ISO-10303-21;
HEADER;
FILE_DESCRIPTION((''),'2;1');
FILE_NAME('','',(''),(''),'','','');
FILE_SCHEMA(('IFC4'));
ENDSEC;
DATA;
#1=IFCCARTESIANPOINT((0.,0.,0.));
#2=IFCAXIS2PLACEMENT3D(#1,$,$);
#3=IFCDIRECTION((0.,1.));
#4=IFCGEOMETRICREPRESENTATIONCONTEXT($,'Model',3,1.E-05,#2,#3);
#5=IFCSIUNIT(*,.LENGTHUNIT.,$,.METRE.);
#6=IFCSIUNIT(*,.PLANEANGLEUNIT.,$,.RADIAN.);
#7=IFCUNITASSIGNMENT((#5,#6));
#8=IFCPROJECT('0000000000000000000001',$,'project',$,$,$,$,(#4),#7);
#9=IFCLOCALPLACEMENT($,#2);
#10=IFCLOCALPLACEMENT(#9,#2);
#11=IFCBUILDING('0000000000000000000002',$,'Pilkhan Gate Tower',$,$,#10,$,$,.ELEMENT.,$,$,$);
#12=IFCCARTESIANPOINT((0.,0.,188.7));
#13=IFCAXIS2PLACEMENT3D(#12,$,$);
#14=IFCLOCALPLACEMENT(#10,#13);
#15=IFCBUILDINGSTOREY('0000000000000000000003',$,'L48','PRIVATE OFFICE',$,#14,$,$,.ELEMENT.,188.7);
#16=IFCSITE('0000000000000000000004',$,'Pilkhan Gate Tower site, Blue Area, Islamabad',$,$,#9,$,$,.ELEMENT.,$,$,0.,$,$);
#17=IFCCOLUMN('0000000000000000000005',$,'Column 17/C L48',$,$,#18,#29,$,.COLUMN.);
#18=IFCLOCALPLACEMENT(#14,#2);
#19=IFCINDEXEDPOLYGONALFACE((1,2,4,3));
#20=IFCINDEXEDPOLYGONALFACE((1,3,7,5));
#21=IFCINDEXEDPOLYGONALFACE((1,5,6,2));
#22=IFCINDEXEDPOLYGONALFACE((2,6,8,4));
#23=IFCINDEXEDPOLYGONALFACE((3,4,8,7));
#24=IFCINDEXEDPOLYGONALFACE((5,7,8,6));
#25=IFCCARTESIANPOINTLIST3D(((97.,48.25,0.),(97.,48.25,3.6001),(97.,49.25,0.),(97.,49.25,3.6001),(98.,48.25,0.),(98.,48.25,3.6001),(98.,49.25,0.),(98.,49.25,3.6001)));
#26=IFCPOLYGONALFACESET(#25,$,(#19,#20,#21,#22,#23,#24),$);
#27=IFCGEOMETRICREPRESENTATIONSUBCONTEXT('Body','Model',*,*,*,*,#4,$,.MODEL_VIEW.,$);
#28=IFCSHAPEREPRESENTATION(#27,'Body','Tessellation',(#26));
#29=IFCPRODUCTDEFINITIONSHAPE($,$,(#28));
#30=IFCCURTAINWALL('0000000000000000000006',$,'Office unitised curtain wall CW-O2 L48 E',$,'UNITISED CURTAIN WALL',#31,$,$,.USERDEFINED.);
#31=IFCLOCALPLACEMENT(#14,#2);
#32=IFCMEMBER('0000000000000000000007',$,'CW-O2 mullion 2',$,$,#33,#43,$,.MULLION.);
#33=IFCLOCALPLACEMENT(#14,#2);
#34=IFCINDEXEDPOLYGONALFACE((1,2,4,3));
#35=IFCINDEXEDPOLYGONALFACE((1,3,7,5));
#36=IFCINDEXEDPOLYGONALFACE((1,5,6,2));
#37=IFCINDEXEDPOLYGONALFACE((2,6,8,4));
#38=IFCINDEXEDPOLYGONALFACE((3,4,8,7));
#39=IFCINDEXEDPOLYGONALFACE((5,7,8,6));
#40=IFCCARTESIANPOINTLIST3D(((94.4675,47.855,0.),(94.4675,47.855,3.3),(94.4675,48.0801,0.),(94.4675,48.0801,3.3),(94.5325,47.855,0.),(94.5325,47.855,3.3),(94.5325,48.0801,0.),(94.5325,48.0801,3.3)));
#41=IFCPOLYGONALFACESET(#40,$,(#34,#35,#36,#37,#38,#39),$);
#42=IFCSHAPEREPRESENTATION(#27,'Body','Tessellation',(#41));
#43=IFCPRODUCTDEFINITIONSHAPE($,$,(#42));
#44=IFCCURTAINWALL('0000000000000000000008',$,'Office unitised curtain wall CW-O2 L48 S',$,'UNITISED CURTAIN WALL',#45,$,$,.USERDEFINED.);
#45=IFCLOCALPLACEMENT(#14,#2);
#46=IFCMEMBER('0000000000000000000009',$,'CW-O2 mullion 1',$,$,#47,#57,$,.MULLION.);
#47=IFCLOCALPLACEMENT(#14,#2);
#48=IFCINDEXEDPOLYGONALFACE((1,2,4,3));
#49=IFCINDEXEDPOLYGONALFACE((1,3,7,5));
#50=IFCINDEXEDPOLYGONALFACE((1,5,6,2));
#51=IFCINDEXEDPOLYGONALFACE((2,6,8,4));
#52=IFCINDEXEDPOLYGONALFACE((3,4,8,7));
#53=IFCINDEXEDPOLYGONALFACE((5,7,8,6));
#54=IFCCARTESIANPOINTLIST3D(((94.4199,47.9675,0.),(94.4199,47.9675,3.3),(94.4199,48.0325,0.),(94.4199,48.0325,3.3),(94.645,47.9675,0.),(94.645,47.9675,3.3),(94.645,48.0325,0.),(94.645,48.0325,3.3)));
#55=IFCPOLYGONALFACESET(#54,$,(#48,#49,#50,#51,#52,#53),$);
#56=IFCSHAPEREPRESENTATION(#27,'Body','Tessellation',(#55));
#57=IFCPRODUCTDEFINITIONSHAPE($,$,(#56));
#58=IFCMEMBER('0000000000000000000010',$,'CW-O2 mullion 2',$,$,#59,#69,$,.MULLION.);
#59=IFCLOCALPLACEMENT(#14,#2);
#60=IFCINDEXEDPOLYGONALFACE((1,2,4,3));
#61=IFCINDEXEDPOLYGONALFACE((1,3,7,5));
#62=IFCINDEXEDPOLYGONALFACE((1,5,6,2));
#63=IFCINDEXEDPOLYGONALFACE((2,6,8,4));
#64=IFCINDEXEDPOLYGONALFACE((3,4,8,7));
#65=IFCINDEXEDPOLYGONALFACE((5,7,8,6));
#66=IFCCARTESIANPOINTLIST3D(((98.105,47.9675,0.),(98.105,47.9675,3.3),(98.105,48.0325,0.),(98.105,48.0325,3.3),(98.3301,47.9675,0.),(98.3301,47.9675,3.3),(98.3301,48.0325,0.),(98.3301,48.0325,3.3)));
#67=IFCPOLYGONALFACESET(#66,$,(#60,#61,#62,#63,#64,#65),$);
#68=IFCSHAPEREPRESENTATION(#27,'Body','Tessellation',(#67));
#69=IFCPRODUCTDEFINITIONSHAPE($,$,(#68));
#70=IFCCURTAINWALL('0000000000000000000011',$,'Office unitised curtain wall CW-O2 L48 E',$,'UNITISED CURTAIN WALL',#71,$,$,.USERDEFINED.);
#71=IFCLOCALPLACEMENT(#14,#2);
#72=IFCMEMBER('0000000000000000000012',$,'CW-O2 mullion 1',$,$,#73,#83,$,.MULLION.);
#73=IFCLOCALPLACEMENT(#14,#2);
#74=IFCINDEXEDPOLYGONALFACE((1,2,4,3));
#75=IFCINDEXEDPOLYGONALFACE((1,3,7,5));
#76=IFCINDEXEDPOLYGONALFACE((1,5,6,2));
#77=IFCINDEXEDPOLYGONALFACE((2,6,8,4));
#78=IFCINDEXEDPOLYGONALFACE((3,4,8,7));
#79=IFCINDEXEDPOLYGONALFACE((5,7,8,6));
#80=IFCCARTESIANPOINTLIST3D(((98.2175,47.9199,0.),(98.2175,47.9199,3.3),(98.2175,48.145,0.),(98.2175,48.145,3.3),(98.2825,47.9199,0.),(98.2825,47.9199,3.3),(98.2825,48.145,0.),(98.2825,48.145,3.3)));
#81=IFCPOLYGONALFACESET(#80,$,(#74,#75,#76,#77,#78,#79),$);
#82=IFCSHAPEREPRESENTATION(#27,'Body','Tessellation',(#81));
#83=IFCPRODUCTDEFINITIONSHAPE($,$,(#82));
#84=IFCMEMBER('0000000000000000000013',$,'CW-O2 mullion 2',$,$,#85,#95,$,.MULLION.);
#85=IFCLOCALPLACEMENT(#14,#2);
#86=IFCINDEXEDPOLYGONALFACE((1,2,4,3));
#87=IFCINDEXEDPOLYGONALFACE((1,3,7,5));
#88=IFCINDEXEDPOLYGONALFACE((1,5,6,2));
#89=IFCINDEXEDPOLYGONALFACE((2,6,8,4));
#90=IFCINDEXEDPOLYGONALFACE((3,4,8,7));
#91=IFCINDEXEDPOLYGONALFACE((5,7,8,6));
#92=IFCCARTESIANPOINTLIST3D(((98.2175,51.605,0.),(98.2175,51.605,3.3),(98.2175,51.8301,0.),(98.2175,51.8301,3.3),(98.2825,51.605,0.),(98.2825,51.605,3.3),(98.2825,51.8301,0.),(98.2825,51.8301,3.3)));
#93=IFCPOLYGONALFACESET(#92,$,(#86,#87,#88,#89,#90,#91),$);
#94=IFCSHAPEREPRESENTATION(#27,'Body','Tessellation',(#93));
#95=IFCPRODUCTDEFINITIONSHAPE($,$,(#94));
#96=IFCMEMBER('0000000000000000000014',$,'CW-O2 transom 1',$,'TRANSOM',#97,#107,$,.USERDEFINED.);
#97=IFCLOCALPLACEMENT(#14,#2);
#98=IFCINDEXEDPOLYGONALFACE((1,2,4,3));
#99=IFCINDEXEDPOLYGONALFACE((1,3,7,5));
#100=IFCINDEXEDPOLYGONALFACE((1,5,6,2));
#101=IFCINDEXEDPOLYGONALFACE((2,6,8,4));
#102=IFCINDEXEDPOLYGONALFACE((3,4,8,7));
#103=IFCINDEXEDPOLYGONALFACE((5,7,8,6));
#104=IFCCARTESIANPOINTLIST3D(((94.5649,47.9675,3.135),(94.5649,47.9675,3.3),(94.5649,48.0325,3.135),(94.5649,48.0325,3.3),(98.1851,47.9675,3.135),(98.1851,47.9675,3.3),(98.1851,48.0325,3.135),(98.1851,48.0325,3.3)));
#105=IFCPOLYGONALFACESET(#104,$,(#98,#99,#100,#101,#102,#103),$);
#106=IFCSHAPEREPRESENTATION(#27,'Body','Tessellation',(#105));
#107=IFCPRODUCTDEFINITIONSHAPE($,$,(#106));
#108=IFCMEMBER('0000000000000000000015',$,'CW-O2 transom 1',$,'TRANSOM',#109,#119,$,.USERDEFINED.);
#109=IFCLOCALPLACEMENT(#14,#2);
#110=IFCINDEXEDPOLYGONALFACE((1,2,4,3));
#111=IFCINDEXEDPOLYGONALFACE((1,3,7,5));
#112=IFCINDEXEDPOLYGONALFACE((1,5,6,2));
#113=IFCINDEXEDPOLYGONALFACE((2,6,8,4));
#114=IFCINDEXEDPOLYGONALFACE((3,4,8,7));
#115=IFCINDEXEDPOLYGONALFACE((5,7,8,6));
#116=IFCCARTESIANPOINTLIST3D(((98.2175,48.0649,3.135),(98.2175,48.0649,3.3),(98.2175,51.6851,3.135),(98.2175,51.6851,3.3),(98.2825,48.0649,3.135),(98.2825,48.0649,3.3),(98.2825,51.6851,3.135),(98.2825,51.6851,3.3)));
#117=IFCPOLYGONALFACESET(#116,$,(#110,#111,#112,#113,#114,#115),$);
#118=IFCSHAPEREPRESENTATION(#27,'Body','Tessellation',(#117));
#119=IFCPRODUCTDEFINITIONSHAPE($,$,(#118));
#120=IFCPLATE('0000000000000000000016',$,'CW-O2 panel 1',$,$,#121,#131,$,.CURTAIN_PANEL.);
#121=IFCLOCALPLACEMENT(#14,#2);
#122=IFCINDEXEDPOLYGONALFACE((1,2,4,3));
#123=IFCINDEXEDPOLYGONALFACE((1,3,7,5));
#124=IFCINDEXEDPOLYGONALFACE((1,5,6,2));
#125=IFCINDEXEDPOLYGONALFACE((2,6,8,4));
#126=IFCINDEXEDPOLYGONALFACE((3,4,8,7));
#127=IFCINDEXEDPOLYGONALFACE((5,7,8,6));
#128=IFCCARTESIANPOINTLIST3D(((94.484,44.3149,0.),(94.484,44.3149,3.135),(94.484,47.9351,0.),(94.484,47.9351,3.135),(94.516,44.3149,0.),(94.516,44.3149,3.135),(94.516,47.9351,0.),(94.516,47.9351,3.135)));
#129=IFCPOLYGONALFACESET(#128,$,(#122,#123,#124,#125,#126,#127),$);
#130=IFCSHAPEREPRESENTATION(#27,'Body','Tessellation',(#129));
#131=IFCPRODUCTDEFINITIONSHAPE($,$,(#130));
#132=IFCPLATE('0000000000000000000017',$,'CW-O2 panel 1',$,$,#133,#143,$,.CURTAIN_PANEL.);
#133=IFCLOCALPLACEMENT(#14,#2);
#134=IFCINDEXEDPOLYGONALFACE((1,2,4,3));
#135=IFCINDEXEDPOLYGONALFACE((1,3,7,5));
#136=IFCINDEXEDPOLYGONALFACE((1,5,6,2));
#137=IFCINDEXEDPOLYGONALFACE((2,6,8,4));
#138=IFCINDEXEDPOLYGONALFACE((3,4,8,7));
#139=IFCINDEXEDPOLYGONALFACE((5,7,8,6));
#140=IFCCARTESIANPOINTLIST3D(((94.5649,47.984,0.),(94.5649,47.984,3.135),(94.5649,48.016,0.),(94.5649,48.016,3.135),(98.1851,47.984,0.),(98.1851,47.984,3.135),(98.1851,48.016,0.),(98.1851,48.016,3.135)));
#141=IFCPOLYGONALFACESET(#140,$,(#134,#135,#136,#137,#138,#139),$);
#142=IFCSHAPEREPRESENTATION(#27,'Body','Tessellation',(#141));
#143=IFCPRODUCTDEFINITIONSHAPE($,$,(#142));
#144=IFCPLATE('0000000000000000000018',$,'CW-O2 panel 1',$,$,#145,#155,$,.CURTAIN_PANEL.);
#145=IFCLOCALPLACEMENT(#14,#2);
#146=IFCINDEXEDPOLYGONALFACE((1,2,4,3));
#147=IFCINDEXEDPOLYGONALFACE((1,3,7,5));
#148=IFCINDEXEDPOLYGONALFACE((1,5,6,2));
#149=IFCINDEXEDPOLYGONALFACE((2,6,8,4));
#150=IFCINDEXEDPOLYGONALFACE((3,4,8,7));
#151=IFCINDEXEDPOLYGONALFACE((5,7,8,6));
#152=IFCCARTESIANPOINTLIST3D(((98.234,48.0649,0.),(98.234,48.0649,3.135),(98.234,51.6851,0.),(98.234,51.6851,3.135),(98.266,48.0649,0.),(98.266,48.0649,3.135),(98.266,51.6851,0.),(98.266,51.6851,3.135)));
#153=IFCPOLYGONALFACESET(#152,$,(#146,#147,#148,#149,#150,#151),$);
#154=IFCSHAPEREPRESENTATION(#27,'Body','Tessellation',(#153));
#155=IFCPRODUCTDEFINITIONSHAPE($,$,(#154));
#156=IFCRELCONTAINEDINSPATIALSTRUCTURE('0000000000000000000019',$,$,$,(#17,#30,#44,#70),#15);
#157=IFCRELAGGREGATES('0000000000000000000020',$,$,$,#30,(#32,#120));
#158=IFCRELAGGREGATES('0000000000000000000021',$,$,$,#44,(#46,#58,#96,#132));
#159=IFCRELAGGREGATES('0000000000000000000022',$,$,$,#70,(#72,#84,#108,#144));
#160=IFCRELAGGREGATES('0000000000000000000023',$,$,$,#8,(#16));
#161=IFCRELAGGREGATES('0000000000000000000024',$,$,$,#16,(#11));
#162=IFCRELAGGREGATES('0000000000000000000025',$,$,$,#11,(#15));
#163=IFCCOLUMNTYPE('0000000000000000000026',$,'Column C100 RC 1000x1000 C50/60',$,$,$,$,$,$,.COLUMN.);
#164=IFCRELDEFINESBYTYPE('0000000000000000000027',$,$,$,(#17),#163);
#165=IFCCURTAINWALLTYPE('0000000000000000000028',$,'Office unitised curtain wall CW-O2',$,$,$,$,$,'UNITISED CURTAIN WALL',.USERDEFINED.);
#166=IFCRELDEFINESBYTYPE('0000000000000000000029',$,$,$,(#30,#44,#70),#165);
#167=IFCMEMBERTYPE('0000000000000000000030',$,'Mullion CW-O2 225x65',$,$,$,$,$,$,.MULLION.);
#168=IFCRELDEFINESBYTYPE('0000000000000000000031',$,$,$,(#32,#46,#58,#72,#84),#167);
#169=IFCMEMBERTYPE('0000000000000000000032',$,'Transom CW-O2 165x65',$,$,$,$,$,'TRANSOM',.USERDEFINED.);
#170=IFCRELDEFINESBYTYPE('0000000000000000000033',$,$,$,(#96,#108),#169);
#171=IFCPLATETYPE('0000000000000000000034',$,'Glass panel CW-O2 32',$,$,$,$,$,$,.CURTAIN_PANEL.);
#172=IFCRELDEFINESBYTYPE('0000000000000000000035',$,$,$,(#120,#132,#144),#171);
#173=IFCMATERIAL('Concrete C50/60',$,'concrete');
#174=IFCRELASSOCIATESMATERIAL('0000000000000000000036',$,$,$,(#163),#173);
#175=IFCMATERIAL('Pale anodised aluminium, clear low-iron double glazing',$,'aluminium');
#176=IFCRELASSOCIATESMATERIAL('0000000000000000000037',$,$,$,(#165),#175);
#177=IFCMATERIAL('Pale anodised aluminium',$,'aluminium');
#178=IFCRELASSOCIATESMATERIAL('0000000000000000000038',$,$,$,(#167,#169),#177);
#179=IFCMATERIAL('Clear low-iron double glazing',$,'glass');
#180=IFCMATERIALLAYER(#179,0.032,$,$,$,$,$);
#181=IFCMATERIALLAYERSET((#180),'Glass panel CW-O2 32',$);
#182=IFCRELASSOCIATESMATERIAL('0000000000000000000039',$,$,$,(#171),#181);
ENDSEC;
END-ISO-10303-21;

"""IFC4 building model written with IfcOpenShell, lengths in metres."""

from ifc_helpers import new_model, si_unit, direction, frame, origin, origin_2d, place, context, subcontext, project, spatial, rectangle, extrude, material, layer, layer_set, material_profile, profile_set, type_object, element, aggregate, save


model = new_model("IFC4")

# Units and contexts
model_context = context("Model", 3, precision=1e-05, world=origin(), true_north=direction((0.0, 1.0)))
body_context = subcontext(model_context, "Body", "Model", "MODEL_VIEW")
ifc_project = project(units=[si_unit("LENGTHUNIT", "METRE"), si_unit("PLANEANGLEUNIT", "RADIAN")], contexts=[model_context])

# Site, building, storey
site_placement = place(None, origin())
site = spatial("IfcSite", under=ifc_project, at=site_placement, Name="Pilkhan Gate Tower site, Blue Area, Islamabad", CompositionType="ELEMENT", RefElevation=0.0)
building_placement = place(site_placement, origin())
building = spatial("IfcBuilding", under=site, at=building_placement, Name="Pilkhan Gate Tower", CompositionType="ELEMENT")
storey_placement = place(building_placement, frame((0.0, 0.0, 188.7)))
storey = spatial("IfcBuildingStorey", under=building, at=storey_placement, Name="L48", Description="PRIVATE OFFICE", CompositionType="ELEMENT", Elevation=188.7)

# Column
ifc_material_1 = material(Name="Concrete C50/60", Category="concrete")
ifc_material_profile_1 = material_profile(ifc_material_1, rectangle(XDim=1.0, YDim=1.0, at=origin_2d()), Name="RC 1000x1000")
ifc_profile_set_1 = profile_set([ifc_material_profile_1], Name="Concrete C50/60")
column_type = type_object("IfcColumnType", Name="Column C100 RC 1000x1000 C50/60", PredefinedType="COLUMN", material=ifc_profile_set_1)
column_placement = place(storey_placement, frame((97.5, 48.75, 0.0), z_axis=(0.0, 0.0, 1.0), x_axis=(1.0, 0.0, 0.0)))
element("IfcColumn", 1, at=column_placement, inside=storey, type_object=column_type, Name="Column 17/C L48", PredefinedType="COLUMN", context=body_context, shape_type="SweptSolid", body=[
    extrude(rectangle(XDim=1.0, YDim=1.0, at=origin_2d()), origin(), (0.0, 0.0, 1.0), 3.6001),
])

# Curtain wall, member
ifc_material_2 = material(Name="Pale anodised aluminium, clear low-iron double glazing", Category="aluminium")
curtain_wall_type = type_object("IfcCurtainWallType", Name="Office unitised curtain wall CW-O2", ElementType="UNITISED CURTAIN WALL", PredefinedType="USERDEFINED", material=ifc_material_2)
curtain_wall_1_placement = place(storey_placement, origin())
curtain_wall_1 = element("IfcCurtainWall", 2, at=curtain_wall_1_placement, inside=storey, type_object=curtain_wall_type, Name="Office unitised curtain wall CW-O2 L48 E", ObjectType="UNITISED CURTAIN WALL", PredefinedType="USERDEFINED")
ifc_material_3 = material(Name="Pale anodised aluminium", Category="aluminium")
ifc_material_profile_2 = material_profile(ifc_material_3, rectangle(XDim=0.0649, YDim=0.2251, at=origin_2d()), Name="Mullion 225x65")
ifc_profile_set_2 = profile_set([ifc_material_profile_2], Name="Pale anodised aluminium")
member_type_1 = type_object("IfcMemberType", Name="Mullion CW-O2 225x65", PredefinedType="MULLION", material=ifc_profile_set_2)
member_1_placement = place(storey_placement, frame((94.5, 47.9675, 0.0), z_axis=(0.0, 0.0, 1.0), x_axis=(-1.0, 0.0, 0.0)))
member_1 = element("IfcMember", 3, at=member_1_placement, type_object=member_type_1, Name="CW-O2 mullion 2", PredefinedType="MULLION", context=body_context, shape_type="SweptSolid", body=[
    extrude(rectangle(XDim=0.0649, YDim=0.2251, at=origin_2d()), origin(), (0.0, 0.0, 1.0), 3.3),
])

# Curtain walls, members
curtain_wall_2_placement = place(storey_placement, origin())
curtain_wall_2 = element("IfcCurtainWall", 4, at=curtain_wall_2_placement, inside=storey, type_object=curtain_wall_type, Name="Office unitised curtain wall CW-O2 L48 S", ObjectType="UNITISED CURTAIN WALL", PredefinedType="USERDEFINED")
member_2_placement = place(storey_placement, frame((94.5325, 48.0, 0.0), z_axis=(0.0, 0.0, 1.0), x_axis=(0.0, 1.0, 0.0)))
member_2 = element("IfcMember", 5, at=member_2_placement, type_object=member_type_1, Name="CW-O2 mullion 1", PredefinedType="MULLION", context=body_context, shape_type="SweptSolid", body=[
    extrude(rectangle(XDim=0.0649, YDim=0.2251, at=origin_2d()), origin(), (0.0, 0.0, 1.0), 3.3),
])
member_3_placement = place(storey_placement, frame((98.2175, 48.0, 0.0), z_axis=(0.0, 0.0, 1.0), x_axis=(0.0, 1.0, 0.0)))
member_3 = element("IfcMember", 6, at=member_3_placement, type_object=member_type_1, Name="CW-O2 mullion 2", PredefinedType="MULLION", context=body_context, shape_type="SweptSolid", body=[
    extrude(rectangle(XDim=0.0649, YDim=0.2251, at=origin_2d()), origin(), (0.0, 0.0, 1.0), 3.3),
])
curtain_wall_3_placement = place(storey_placement, origin())
curtain_wall_3 = element("IfcCurtainWall", 7, at=curtain_wall_3_placement, inside=storey, type_object=curtain_wall_type, Name="Office unitised curtain wall CW-O2 L48 E", ObjectType="UNITISED CURTAIN WALL", PredefinedType="USERDEFINED")
member_4_placement = place(storey_placement, frame((98.25, 48.0325, 0.0), z_axis=(0.0, 0.0, 1.0), x_axis=(-1.0, 0.0, 0.0)))
member_4 = element("IfcMember", 8, at=member_4_placement, type_object=member_type_1, Name="CW-O2 mullion 1", PredefinedType="MULLION", context=body_context, shape_type="SweptSolid", body=[
    extrude(rectangle(XDim=0.0649, YDim=0.2251, at=origin_2d()), origin(), (0.0, 0.0, 1.0), 3.3),
])
member_5_placement = place(storey_placement, frame((98.25, 51.7175, 0.0), z_axis=(0.0, 0.0, 1.0), x_axis=(-1.0, 0.0, 0.0)))
member_5 = element("IfcMember", 9, at=member_5_placement, type_object=member_type_1, Name="CW-O2 mullion 2", PredefinedType="MULLION", context=body_context, shape_type="SweptSolid", body=[
    extrude(rectangle(XDim=0.0649, YDim=0.2251, at=origin_2d()), origin(), (0.0, 0.0, 1.0), 3.3),
])

# Members
ifc_material_profile_3 = material_profile(ifc_material_3, rectangle(XDim=0.0649, YDim=0.165, at=origin_2d()), Name="Transom 165x65")
ifc_profile_set_3 = profile_set([ifc_material_profile_3], Name="Pale anodised aluminium")
member_type_2 = type_object("IfcMemberType", Name="Transom CW-O2 165x65", ElementType="TRANSOM", PredefinedType="USERDEFINED", material=ifc_profile_set_3)
member_6_placement = place(storey_placement, frame((94.5649, 48.0, 3.2175), z_axis=(1.0, 0.0, 0.0), x_axis=(0.0, 1.0, 0.0)))
member_6 = element("IfcMember", 10, at=member_6_placement, type_object=member_type_2, Name="CW-O2 transom 1", ObjectType="TRANSOM", PredefinedType="USERDEFINED", context=body_context, shape_type="SweptSolid", body=[
    extrude(rectangle(XDim=0.0649, YDim=0.165, at=origin_2d()), origin(), (0.0, 0.0, 1.0), 3.6201),
])
member_7_placement = place(storey_placement, frame((98.25, 48.0649, 3.2175), z_axis=(0.0, 1.0, 0.0), x_axis=(-1.0, 0.0, 0.0)))
member_7 = element("IfcMember", 11, at=member_7_placement, type_object=member_type_2, Name="CW-O2 transom 1", ObjectType="TRANSOM", PredefinedType="USERDEFINED", context=body_context, shape_type="SweptSolid", body=[
    extrude(rectangle(XDim=0.0649, YDim=0.165, at=origin_2d()), origin(), (0.0, 0.0, 1.0), 3.6201),
])

# Plates
ifc_material_4 = material(Name="Clear low-iron double glazing", Category="glass")
ifc_layer = layer(ifc_material_4, 0.032)
ifc_layer_set = layer_set([ifc_layer], Name="Glass panel CW-O2 32")
plate_type = type_object("IfcPlateType", Name="Glass panel CW-O2 32", PredefinedType="CURTAIN_PANEL", material=ifc_layer_set)
plate_1_placement = place(storey_placement, frame((94.5, 46.125, 0.0), z_axis=(0.0, 0.0, 1.0), x_axis=(0.0, 1.0, 0.0)))
plate_1 = element("IfcPlate", 12, at=plate_1_placement, type_object=plate_type, Name="CW-O2 panel 1", PredefinedType="CURTAIN_PANEL", context=body_context, shape_type="SweptSolid", body=[
    extrude(rectangle(XDim=3.6201, YDim=0.032, at=origin_2d()), origin(), (0.0, 0.0, 1.0), 3.135),
])
aggregate(curtain_wall_1, [member_1, plate_1])
plate_2_placement = place(storey_placement, frame((96.375, 48.0, 0.0), z_axis=(0.0, 0.0, 1.0), x_axis=(1.0, 0.0, 0.0)))
plate_2 = element("IfcPlate", 13, at=plate_2_placement, type_object=plate_type, Name="CW-O2 panel 1", PredefinedType="CURTAIN_PANEL", context=body_context, shape_type="SweptSolid", body=[
    extrude(rectangle(XDim=3.6201, YDim=0.032, at=origin_2d()), origin(), (0.0, 0.0, 1.0), 3.135),
])
aggregate(curtain_wall_2, [member_2, member_3, member_6, plate_2])
plate_3_placement = place(storey_placement, frame((98.25, 49.875, 0.0), z_axis=(0.0, 0.0, 1.0), x_axis=(0.0, 1.0, 0.0)))
plate_3 = element("IfcPlate", 14, at=plate_3_placement, type_object=plate_type, Name="CW-O2 panel 1", PredefinedType="CURTAIN_PANEL", context=body_context, shape_type="SweptSolid", body=[
    extrude(rectangle(XDim=3.6201, YDim=0.032, at=origin_2d()), origin(), (0.0, 0.0, 1.0), 3.135),
])
aggregate(curtain_wall_3, [member_4, member_5, member_7, plate_3])

save(model, "model.ifc")
